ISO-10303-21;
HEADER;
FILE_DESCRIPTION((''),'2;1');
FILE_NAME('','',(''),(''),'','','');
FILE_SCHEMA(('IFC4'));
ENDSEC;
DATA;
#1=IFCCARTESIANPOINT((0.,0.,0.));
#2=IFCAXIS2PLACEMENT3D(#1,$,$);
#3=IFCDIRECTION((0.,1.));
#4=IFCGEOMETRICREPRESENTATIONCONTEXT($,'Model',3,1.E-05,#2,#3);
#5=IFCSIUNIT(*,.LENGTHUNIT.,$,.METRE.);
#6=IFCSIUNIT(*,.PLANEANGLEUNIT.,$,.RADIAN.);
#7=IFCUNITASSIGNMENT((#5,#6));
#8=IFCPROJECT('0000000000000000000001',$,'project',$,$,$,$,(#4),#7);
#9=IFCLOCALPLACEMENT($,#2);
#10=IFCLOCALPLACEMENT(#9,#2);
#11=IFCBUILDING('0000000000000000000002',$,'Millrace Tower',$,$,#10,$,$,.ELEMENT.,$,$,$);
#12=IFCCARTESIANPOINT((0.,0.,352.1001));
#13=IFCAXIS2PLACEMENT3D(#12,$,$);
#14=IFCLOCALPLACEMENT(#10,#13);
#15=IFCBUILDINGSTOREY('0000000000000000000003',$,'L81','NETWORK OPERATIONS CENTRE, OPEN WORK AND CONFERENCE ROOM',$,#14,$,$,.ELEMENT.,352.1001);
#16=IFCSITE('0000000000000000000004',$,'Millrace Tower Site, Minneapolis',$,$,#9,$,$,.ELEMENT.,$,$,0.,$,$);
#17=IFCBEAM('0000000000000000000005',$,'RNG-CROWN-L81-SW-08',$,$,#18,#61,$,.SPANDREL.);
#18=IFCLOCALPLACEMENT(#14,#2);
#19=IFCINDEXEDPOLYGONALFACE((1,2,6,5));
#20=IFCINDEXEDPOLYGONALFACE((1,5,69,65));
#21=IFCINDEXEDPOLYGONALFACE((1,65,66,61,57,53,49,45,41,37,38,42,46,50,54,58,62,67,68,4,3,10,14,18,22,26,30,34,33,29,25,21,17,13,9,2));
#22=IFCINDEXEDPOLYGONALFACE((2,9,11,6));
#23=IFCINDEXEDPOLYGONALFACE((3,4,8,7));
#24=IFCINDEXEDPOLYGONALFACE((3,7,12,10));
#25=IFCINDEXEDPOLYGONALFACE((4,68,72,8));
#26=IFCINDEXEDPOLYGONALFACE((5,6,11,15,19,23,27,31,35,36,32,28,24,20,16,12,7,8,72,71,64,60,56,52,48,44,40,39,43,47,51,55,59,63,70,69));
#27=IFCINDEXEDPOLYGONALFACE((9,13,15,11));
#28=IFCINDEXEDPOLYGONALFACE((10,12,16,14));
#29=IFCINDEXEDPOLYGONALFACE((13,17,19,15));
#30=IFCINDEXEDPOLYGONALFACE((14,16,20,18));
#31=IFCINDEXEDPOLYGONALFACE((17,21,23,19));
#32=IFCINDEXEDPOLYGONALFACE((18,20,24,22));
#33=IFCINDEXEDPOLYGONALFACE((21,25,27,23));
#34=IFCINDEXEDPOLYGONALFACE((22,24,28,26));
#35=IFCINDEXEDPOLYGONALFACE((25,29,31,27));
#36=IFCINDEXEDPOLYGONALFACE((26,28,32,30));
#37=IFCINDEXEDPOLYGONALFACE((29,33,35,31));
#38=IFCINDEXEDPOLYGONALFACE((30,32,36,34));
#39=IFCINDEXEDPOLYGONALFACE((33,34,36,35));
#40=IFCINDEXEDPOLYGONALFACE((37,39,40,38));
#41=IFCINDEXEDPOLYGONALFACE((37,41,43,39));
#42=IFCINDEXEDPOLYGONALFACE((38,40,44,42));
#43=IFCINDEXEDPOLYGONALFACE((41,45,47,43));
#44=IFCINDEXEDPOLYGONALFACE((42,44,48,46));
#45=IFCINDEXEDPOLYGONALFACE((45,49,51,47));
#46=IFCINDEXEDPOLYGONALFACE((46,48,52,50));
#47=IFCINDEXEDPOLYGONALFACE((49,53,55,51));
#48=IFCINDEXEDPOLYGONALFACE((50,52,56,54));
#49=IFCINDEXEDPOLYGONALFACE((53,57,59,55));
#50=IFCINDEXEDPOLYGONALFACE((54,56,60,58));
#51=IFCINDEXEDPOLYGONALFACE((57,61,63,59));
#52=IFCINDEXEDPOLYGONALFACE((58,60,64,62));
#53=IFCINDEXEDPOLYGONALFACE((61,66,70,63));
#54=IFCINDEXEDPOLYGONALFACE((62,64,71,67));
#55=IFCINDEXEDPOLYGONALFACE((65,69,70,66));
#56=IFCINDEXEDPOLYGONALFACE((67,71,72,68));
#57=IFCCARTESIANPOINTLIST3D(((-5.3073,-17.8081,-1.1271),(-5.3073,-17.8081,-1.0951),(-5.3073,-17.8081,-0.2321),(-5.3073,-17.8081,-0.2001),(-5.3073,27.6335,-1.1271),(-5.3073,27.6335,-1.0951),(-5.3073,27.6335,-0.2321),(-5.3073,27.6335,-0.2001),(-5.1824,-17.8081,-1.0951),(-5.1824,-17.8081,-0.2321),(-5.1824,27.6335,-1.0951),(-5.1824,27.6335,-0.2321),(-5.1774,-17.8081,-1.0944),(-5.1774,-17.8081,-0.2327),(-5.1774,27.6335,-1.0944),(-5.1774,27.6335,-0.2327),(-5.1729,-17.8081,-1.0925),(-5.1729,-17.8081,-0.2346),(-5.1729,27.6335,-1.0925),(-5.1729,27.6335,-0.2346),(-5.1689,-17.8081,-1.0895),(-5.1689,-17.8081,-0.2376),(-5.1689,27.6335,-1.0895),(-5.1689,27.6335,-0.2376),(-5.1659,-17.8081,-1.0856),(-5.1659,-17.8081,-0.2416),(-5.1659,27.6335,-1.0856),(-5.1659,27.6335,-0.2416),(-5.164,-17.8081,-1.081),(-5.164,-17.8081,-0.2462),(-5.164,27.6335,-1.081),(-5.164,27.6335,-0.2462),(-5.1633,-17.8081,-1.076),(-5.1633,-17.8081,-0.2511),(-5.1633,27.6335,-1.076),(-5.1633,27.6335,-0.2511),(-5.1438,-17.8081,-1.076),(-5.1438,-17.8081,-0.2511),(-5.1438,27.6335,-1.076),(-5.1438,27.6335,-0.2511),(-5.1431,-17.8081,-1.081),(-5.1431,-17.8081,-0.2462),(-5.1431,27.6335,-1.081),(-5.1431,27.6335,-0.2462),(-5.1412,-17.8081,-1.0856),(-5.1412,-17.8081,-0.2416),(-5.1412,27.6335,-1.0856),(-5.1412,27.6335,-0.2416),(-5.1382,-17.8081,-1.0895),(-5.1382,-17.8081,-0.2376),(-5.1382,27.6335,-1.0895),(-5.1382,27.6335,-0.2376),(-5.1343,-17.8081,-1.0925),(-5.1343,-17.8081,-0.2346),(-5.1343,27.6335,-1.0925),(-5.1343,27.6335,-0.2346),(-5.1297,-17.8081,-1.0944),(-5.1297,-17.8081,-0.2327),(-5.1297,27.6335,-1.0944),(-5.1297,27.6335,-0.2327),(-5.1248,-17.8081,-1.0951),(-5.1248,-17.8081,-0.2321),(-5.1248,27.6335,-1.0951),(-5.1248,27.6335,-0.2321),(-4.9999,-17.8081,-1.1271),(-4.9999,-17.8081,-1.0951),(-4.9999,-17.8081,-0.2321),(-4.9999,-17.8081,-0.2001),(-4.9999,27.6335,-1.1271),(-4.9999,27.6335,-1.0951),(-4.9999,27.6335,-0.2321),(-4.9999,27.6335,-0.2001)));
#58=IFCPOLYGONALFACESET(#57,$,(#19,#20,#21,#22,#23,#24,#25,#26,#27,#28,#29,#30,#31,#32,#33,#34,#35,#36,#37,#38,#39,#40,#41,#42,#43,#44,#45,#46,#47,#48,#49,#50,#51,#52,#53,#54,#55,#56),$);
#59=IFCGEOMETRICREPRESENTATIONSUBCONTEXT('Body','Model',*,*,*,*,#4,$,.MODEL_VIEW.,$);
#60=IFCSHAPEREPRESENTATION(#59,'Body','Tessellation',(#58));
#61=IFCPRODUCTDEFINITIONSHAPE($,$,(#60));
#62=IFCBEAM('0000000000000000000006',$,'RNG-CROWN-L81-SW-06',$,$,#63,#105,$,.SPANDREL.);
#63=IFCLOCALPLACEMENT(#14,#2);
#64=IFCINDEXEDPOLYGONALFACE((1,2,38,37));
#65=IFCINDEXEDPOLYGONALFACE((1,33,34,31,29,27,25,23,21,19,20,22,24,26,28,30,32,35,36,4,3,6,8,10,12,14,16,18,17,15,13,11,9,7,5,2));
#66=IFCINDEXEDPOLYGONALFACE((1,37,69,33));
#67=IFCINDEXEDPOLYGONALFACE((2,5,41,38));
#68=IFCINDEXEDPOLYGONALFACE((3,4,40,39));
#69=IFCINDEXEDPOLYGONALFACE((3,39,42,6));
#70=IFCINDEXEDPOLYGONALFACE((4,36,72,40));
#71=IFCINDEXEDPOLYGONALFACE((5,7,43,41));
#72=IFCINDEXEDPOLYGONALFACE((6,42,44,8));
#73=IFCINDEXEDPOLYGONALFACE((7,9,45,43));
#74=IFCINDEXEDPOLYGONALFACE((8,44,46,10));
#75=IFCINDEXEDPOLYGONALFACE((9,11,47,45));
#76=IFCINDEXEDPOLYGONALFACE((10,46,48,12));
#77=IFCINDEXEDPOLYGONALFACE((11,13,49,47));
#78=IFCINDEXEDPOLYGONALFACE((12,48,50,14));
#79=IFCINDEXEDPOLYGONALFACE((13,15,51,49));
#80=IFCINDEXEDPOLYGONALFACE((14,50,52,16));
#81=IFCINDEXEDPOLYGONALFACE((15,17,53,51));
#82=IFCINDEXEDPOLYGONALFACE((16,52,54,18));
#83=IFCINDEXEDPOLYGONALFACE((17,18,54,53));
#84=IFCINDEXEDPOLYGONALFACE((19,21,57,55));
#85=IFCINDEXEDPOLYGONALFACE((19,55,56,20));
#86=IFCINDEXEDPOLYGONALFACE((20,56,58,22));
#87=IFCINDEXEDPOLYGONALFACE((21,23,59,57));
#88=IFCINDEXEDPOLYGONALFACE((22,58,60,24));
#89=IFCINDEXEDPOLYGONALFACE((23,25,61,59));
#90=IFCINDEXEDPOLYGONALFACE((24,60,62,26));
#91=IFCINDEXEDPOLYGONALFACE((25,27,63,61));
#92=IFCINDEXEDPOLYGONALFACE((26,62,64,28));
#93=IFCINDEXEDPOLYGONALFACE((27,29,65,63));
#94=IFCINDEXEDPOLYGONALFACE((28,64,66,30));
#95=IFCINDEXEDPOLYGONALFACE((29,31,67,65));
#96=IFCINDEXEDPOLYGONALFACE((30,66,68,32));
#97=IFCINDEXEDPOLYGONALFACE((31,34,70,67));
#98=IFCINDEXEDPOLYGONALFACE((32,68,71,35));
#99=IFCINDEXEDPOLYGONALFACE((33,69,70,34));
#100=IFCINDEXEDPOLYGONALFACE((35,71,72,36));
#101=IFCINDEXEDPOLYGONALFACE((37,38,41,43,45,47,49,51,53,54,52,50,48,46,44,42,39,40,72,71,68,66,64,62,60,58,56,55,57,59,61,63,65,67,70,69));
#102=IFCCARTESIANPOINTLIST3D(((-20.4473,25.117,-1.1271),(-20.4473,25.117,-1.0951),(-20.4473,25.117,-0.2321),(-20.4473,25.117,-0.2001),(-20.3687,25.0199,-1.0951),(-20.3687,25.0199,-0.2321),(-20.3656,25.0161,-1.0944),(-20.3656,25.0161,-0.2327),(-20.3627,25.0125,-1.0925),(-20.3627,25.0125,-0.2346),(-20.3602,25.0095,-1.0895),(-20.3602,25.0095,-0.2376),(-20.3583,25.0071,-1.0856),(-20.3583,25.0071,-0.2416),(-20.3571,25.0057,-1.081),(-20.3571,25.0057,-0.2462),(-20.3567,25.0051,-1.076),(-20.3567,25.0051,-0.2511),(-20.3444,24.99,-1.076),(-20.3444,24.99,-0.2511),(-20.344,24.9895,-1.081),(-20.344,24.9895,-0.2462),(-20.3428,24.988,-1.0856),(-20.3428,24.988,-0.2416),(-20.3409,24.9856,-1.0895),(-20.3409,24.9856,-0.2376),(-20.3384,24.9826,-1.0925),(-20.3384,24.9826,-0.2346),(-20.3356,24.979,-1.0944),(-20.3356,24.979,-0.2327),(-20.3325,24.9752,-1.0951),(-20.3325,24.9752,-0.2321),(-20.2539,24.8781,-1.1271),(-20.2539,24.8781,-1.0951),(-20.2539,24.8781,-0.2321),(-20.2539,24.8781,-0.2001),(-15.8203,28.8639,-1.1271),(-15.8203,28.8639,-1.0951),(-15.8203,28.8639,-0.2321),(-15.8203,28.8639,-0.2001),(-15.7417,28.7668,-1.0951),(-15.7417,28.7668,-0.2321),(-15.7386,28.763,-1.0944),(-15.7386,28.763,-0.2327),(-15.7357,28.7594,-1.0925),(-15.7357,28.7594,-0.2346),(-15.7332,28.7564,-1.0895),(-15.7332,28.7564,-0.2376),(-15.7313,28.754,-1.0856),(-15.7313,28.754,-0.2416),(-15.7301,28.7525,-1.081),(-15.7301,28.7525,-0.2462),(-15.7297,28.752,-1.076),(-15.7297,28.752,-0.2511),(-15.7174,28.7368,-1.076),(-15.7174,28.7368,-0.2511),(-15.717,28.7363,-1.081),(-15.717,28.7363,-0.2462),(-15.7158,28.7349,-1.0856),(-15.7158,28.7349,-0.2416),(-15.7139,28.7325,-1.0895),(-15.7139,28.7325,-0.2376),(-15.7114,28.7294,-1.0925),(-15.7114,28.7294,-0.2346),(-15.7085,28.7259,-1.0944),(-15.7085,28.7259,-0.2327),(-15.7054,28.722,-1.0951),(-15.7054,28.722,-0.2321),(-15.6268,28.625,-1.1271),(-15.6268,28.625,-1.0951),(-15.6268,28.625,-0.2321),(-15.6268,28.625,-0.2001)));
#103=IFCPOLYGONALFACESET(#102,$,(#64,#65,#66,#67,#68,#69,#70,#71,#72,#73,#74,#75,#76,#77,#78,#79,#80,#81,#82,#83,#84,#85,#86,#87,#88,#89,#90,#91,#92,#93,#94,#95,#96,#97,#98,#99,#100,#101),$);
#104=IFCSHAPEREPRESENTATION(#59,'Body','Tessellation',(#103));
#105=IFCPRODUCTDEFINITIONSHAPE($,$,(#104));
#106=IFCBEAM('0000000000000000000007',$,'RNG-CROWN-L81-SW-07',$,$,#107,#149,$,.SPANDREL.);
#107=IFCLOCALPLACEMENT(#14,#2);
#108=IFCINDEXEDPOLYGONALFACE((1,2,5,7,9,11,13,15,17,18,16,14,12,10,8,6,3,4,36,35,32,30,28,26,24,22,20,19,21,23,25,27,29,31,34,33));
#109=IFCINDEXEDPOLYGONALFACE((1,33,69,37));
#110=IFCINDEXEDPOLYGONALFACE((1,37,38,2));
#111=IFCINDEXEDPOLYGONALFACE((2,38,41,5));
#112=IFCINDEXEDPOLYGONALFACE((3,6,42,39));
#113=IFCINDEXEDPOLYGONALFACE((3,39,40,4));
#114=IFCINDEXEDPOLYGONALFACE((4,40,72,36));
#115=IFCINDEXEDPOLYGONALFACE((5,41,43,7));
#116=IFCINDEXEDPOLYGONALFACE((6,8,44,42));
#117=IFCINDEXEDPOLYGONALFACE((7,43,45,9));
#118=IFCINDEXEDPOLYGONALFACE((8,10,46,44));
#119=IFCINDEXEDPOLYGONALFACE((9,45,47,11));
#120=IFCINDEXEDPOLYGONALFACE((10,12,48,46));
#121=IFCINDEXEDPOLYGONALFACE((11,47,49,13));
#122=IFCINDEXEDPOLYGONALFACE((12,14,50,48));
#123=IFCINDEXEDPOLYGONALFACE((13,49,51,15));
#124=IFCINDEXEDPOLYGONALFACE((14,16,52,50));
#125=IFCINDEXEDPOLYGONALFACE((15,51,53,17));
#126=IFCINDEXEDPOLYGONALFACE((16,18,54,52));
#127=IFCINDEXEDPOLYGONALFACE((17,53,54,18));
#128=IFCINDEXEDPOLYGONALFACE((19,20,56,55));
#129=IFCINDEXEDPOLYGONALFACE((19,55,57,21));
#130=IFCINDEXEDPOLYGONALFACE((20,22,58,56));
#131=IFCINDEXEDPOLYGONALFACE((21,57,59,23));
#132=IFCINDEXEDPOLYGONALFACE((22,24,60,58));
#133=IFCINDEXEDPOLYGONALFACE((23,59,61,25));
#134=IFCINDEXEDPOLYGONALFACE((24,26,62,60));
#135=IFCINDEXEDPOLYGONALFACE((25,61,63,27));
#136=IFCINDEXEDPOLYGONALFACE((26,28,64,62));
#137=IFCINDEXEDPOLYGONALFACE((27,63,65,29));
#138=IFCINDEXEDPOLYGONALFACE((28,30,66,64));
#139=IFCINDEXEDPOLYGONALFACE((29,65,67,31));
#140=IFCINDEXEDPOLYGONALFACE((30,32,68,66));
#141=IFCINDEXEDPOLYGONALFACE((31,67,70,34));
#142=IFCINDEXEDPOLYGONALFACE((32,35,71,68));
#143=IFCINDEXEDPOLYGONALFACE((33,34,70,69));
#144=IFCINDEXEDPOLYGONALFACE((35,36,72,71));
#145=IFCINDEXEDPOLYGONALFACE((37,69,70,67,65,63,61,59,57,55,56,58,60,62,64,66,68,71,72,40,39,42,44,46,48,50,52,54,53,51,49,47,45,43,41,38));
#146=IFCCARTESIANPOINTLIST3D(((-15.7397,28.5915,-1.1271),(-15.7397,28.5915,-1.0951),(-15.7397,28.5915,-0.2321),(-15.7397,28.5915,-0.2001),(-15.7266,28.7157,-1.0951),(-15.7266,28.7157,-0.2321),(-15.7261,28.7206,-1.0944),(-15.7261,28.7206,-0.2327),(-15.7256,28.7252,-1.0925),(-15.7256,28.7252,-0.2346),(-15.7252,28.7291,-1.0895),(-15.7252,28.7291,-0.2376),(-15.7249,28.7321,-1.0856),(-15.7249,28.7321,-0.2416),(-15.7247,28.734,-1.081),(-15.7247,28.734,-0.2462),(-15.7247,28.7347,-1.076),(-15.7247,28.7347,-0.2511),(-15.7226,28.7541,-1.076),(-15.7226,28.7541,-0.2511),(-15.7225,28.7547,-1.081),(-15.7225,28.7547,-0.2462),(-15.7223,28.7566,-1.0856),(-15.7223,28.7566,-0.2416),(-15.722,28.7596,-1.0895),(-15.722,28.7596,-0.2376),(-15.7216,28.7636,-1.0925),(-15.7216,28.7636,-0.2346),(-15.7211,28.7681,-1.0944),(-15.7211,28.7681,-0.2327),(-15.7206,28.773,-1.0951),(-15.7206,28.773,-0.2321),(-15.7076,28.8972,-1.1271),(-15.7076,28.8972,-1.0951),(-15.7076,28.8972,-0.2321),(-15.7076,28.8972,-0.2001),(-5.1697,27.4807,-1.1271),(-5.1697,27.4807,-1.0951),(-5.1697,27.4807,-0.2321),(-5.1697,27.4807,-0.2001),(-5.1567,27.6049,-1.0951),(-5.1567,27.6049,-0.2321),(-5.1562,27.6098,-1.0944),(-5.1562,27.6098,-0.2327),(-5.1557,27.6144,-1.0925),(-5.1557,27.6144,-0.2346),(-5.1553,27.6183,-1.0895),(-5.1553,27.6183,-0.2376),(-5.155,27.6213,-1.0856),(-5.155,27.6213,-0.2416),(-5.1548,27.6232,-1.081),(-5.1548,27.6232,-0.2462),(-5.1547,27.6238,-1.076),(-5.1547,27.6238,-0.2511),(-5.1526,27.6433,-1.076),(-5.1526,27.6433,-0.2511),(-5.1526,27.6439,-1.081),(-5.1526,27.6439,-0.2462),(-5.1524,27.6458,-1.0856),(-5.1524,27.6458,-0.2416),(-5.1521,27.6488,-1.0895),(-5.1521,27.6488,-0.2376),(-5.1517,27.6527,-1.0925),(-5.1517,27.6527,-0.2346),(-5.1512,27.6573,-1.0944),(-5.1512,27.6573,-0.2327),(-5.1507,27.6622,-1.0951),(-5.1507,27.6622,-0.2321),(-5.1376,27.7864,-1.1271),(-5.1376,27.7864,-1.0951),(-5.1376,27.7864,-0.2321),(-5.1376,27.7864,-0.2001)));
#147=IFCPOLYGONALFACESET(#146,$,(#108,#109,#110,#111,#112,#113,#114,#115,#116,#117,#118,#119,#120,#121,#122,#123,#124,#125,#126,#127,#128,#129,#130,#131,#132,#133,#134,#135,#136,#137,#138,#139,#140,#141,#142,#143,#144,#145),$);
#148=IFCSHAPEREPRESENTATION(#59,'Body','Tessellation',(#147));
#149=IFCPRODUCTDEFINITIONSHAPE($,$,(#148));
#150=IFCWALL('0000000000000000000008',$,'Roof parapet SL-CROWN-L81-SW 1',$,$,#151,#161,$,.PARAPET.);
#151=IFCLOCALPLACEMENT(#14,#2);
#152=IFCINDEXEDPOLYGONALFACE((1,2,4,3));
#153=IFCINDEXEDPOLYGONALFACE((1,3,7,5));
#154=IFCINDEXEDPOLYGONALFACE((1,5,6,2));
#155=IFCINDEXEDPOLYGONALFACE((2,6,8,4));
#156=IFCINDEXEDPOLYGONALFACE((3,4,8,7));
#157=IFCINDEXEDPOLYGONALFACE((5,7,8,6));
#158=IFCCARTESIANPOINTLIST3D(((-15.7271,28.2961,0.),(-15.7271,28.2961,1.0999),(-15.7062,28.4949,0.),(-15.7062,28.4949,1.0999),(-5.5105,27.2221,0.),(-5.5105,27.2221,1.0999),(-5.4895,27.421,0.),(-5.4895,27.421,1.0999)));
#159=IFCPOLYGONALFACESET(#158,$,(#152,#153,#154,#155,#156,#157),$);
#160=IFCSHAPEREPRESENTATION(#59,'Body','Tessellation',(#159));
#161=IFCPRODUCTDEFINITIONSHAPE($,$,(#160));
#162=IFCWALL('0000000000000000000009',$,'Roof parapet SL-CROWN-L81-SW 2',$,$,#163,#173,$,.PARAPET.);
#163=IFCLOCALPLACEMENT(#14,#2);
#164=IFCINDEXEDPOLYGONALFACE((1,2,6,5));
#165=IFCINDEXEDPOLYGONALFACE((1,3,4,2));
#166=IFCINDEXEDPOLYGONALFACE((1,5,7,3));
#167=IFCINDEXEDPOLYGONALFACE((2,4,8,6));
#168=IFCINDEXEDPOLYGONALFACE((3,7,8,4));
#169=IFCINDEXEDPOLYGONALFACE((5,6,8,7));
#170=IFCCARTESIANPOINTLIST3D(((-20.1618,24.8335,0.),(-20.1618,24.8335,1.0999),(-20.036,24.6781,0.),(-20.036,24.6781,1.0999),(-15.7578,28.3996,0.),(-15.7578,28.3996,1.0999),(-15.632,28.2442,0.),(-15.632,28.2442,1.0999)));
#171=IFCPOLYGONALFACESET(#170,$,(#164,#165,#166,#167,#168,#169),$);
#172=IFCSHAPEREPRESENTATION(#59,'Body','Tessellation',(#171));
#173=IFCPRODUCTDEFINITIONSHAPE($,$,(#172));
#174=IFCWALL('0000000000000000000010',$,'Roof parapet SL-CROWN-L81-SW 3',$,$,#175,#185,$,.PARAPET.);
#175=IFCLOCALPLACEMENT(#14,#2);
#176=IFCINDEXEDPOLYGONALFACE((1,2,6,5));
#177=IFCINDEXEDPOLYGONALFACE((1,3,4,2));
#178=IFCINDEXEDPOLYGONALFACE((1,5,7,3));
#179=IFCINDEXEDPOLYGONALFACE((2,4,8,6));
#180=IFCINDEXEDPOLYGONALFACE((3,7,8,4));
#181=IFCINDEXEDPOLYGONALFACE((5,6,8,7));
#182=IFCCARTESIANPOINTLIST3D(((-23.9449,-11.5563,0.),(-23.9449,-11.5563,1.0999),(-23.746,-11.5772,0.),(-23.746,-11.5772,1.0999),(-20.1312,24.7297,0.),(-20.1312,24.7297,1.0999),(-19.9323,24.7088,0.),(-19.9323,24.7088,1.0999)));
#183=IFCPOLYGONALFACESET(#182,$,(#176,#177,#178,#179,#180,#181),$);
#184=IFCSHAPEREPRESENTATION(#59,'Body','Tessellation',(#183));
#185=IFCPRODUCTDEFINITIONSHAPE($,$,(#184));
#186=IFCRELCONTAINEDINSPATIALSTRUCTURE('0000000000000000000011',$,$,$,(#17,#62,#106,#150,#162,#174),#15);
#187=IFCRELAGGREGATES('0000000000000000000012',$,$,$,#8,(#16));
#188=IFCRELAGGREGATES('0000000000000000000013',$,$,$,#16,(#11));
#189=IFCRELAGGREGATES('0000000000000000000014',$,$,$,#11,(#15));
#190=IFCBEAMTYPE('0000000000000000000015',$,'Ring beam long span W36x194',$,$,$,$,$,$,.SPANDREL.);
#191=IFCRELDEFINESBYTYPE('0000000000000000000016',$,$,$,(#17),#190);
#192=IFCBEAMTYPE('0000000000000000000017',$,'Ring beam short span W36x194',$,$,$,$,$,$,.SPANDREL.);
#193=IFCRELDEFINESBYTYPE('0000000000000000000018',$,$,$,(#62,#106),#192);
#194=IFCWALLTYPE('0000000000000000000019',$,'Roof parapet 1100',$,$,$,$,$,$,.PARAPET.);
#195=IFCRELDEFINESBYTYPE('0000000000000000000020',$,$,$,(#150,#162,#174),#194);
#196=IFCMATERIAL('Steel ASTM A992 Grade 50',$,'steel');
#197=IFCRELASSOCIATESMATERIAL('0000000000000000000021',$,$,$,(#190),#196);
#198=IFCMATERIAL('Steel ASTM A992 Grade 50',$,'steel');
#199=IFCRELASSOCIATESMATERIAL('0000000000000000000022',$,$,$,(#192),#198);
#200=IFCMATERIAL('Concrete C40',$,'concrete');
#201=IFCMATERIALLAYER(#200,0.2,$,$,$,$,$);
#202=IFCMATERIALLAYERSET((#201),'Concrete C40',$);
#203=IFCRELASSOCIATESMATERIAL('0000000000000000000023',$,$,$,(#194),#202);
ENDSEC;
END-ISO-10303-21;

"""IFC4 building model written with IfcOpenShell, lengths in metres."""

from ifc_helpers import new_model, si_unit, direction, frame, frame_2d, origin, origin_2d, place, context, subcontext, project, spatial, rectangle, i_section, extrude, material, layer, layer_set, material_profile, profile_set, type_object, element, save


model = new_model("IFC4")

# Units and contexts
model_context = context("Model", 3, precision=1e-05, world=origin(), true_north=direction((0.0, 1.0)))
body_context = subcontext(model_context, "Body", "Model", "MODEL_VIEW")
ifc_project = project(units=[si_unit("LENGTHUNIT", "METRE"), si_unit("PLANEANGLEUNIT", "RADIAN")], contexts=[model_context])

# Site, building, storey
site_placement = place(None, origin())
site = spatial("IfcSite", under=ifc_project, at=site_placement, Name="Millrace Tower Site, Minneapolis", CompositionType="ELEMENT", RefElevation=0.0)
building_placement = place(site_placement, origin())
building = spatial("IfcBuilding", under=site, at=building_placement, Name="Millrace Tower", CompositionType="ELEMENT")
storey_placement = place(building_placement, frame((0.0, 0.0, 352.1001)))
storey = spatial("IfcBuildingStorey", under=building, at=storey_placement, Name="L81", Description="NETWORK OPERATIONS CENTRE, OPEN WORK AND CONFERENCE ROOM", CompositionType="ELEMENT", Elevation=352.1001)

# Beams
ifc_material_1 = material(Name="Steel ASTM A992 Grade 50", Category="steel")
ifc_material_profile_1 = material_profile(ifc_material_1, i_section(OverallWidth=0.3074, OverallDepth=0.927, WebThickness=0.0195, FlangeThickness=0.032, FilletRadius=0.019, at=origin_2d()))
ifc_profile_set_1 = profile_set([ifc_material_profile_1], Name="Steel ASTM A992 Grade 50")
beam_type_1 = type_object("IfcBeamType", Name="Ring beam long span W36x194", PredefinedType="SPANDREL", material=ifc_profile_set_1)
beam_1_placement = place(storey_placement, frame((-5.1536, 27.6335, -0.6636), z_axis=(0.0, -1.0, 0.0), x_axis=(1.0, 0.0, 0.0)))
element("IfcBeam", 1, at=beam_1_placement, inside=storey, type_object=beam_type_1, Name="RNG-CROWN-L81-SW-08", PredefinedType="SPANDREL", context=body_context, shape_type="SweptSolid", body=[
    extrude(i_section(OverallWidth=0.3074, OverallDepth=0.927, WebThickness=0.0195, FlangeThickness=0.032, FilletRadius=0.019, at=origin_2d()), origin(), (0.0, 0.0, 1.0), 45.4417),
])
ifc_material_2 = material(Name="Steel ASTM A992 Grade 50", Category="steel")
ifc_material_profile_2 = material_profile(ifc_material_2, i_section(OverallWidth=0.3074, OverallDepth=0.927, WebThickness=0.0195, FlangeThickness=0.032, FilletRadius=0.019, at=origin_2d()))
ifc_profile_set_2 = profile_set([ifc_material_profile_2], Name="Steel ASTM A992 Grade 50")
beam_type_2 = type_object("IfcBeamType", Name="Ring beam short span W36x194", PredefinedType="SPANDREL", material=ifc_profile_set_2)
beam_2_placement = place(storey_placement, frame((-20.3506, 24.9976, -0.6636), z_axis=(0.777147, 0.62932, 0.0), x_axis=(-0.62932, 0.777147, 0.0)))
element("IfcBeam", 2, at=beam_2_placement, inside=storey, type_object=beam_type_2, Name="RNG-CROWN-L81-SW-06", PredefinedType="SPANDREL", context=body_context, shape_type="SweptSolid", body=[
    extrude(i_section(OverallWidth=0.3074, OverallDepth=0.927, WebThickness=0.0195, FlangeThickness=0.032, FilletRadius=0.019, at=origin_2d()), origin(), (0.0, 0.0, 1.0), 5.9539),
])
beam_3_placement = place(storey_placement, frame((-15.7236, 28.7444, -0.6636), z_axis=(0.994523, -0.104517, 0.0), x_axis=(0.104517, 0.994523, 0.0)))
element("IfcBeam", 3, at=beam_3_placement, inside=storey, type_object=beam_type_2, Name="RNG-CROWN-L81-SW-07", PredefinedType="SPANDREL", context=body_context, shape_type="SweptSolid", body=[
    extrude(i_section(OverallWidth=0.3074, OverallDepth=0.927, WebThickness=0.0195, FlangeThickness=0.032, FilletRadius=0.019, at=origin_2d()), origin(), (0.0, 0.0, 1.0), 10.6282),
])

# Walls
ifc_material_3 = material(Name="Concrete C40", Category="concrete")
ifc_layer_1 = layer(ifc_material_3, 0.2)
ifc_layer_set_1 = layer_set([ifc_layer_1], Name="Concrete C40")
wall_type = type_object("IfcWallType", Name="Roof parapet 1100", PredefinedType="PARAPET", material=ifc_layer_set_1)
wall_1_placement = place(storey_placement, frame((-5.5, 27.3215, 0.0), z_axis=(0.0, 0.0, 1.0), x_axis=(-0.99452, 0.104545, 0.0)))
element("IfcWall", 4, at=wall_1_placement, inside=storey, type_object=wall_type, Name="Roof parapet SL-CROWN-L81-SW 1", PredefinedType="PARAPET", context=body_context, shape_type="SweptSolid", body=[
    extrude(rectangle(XDim=10.2729, YDim=0.2, at=frame_2d((5.1365, 0.0))), origin(), (0.0, 0.0, 1.0), 1.0999),
])
wall_2_placement = place(storey_placement, frame((-15.6948, 28.322, 0.0), z_axis=(0.0, 0.0, 1.0), x_axis=(-0.777161, -0.629302, 0.0)))
element("IfcWall", 5, at=wall_2_placement, inside=storey, type_object=wall_type, Name="Roof parapet SL-CROWN-L81-SW 2", PredefinedType="PARAPET", context=body_context, shape_type="SweptSolid", body=[
    extrude(rectangle(XDim=5.6667, YDim=0.2, at=frame_2d((2.8335, 0.0))), origin(), (0.0, 0.0, 1.0), 1.0999),
])
wall_3_placement = place(storey_placement, frame((-20.0317, 24.7192, 0.0), z_axis=(0.0, 0.0, 1.0), x_axis=(-0.104526, -0.994522, 0.0)))
element("IfcWall", 6, at=wall_3_placement, inside=storey, type_object=wall_type, Name="Roof parapet SL-CROWN-L81-SW 3", PredefinedType="PARAPET", context=body_context, shape_type="SweptSolid", body=[
    extrude(rectangle(XDim=36.4858, YDim=0.2, at=frame_2d((18.2429, 0.0))), origin(), (0.0, 0.0, 1.0), 1.0999),
])

save(model, "model.ifc")
